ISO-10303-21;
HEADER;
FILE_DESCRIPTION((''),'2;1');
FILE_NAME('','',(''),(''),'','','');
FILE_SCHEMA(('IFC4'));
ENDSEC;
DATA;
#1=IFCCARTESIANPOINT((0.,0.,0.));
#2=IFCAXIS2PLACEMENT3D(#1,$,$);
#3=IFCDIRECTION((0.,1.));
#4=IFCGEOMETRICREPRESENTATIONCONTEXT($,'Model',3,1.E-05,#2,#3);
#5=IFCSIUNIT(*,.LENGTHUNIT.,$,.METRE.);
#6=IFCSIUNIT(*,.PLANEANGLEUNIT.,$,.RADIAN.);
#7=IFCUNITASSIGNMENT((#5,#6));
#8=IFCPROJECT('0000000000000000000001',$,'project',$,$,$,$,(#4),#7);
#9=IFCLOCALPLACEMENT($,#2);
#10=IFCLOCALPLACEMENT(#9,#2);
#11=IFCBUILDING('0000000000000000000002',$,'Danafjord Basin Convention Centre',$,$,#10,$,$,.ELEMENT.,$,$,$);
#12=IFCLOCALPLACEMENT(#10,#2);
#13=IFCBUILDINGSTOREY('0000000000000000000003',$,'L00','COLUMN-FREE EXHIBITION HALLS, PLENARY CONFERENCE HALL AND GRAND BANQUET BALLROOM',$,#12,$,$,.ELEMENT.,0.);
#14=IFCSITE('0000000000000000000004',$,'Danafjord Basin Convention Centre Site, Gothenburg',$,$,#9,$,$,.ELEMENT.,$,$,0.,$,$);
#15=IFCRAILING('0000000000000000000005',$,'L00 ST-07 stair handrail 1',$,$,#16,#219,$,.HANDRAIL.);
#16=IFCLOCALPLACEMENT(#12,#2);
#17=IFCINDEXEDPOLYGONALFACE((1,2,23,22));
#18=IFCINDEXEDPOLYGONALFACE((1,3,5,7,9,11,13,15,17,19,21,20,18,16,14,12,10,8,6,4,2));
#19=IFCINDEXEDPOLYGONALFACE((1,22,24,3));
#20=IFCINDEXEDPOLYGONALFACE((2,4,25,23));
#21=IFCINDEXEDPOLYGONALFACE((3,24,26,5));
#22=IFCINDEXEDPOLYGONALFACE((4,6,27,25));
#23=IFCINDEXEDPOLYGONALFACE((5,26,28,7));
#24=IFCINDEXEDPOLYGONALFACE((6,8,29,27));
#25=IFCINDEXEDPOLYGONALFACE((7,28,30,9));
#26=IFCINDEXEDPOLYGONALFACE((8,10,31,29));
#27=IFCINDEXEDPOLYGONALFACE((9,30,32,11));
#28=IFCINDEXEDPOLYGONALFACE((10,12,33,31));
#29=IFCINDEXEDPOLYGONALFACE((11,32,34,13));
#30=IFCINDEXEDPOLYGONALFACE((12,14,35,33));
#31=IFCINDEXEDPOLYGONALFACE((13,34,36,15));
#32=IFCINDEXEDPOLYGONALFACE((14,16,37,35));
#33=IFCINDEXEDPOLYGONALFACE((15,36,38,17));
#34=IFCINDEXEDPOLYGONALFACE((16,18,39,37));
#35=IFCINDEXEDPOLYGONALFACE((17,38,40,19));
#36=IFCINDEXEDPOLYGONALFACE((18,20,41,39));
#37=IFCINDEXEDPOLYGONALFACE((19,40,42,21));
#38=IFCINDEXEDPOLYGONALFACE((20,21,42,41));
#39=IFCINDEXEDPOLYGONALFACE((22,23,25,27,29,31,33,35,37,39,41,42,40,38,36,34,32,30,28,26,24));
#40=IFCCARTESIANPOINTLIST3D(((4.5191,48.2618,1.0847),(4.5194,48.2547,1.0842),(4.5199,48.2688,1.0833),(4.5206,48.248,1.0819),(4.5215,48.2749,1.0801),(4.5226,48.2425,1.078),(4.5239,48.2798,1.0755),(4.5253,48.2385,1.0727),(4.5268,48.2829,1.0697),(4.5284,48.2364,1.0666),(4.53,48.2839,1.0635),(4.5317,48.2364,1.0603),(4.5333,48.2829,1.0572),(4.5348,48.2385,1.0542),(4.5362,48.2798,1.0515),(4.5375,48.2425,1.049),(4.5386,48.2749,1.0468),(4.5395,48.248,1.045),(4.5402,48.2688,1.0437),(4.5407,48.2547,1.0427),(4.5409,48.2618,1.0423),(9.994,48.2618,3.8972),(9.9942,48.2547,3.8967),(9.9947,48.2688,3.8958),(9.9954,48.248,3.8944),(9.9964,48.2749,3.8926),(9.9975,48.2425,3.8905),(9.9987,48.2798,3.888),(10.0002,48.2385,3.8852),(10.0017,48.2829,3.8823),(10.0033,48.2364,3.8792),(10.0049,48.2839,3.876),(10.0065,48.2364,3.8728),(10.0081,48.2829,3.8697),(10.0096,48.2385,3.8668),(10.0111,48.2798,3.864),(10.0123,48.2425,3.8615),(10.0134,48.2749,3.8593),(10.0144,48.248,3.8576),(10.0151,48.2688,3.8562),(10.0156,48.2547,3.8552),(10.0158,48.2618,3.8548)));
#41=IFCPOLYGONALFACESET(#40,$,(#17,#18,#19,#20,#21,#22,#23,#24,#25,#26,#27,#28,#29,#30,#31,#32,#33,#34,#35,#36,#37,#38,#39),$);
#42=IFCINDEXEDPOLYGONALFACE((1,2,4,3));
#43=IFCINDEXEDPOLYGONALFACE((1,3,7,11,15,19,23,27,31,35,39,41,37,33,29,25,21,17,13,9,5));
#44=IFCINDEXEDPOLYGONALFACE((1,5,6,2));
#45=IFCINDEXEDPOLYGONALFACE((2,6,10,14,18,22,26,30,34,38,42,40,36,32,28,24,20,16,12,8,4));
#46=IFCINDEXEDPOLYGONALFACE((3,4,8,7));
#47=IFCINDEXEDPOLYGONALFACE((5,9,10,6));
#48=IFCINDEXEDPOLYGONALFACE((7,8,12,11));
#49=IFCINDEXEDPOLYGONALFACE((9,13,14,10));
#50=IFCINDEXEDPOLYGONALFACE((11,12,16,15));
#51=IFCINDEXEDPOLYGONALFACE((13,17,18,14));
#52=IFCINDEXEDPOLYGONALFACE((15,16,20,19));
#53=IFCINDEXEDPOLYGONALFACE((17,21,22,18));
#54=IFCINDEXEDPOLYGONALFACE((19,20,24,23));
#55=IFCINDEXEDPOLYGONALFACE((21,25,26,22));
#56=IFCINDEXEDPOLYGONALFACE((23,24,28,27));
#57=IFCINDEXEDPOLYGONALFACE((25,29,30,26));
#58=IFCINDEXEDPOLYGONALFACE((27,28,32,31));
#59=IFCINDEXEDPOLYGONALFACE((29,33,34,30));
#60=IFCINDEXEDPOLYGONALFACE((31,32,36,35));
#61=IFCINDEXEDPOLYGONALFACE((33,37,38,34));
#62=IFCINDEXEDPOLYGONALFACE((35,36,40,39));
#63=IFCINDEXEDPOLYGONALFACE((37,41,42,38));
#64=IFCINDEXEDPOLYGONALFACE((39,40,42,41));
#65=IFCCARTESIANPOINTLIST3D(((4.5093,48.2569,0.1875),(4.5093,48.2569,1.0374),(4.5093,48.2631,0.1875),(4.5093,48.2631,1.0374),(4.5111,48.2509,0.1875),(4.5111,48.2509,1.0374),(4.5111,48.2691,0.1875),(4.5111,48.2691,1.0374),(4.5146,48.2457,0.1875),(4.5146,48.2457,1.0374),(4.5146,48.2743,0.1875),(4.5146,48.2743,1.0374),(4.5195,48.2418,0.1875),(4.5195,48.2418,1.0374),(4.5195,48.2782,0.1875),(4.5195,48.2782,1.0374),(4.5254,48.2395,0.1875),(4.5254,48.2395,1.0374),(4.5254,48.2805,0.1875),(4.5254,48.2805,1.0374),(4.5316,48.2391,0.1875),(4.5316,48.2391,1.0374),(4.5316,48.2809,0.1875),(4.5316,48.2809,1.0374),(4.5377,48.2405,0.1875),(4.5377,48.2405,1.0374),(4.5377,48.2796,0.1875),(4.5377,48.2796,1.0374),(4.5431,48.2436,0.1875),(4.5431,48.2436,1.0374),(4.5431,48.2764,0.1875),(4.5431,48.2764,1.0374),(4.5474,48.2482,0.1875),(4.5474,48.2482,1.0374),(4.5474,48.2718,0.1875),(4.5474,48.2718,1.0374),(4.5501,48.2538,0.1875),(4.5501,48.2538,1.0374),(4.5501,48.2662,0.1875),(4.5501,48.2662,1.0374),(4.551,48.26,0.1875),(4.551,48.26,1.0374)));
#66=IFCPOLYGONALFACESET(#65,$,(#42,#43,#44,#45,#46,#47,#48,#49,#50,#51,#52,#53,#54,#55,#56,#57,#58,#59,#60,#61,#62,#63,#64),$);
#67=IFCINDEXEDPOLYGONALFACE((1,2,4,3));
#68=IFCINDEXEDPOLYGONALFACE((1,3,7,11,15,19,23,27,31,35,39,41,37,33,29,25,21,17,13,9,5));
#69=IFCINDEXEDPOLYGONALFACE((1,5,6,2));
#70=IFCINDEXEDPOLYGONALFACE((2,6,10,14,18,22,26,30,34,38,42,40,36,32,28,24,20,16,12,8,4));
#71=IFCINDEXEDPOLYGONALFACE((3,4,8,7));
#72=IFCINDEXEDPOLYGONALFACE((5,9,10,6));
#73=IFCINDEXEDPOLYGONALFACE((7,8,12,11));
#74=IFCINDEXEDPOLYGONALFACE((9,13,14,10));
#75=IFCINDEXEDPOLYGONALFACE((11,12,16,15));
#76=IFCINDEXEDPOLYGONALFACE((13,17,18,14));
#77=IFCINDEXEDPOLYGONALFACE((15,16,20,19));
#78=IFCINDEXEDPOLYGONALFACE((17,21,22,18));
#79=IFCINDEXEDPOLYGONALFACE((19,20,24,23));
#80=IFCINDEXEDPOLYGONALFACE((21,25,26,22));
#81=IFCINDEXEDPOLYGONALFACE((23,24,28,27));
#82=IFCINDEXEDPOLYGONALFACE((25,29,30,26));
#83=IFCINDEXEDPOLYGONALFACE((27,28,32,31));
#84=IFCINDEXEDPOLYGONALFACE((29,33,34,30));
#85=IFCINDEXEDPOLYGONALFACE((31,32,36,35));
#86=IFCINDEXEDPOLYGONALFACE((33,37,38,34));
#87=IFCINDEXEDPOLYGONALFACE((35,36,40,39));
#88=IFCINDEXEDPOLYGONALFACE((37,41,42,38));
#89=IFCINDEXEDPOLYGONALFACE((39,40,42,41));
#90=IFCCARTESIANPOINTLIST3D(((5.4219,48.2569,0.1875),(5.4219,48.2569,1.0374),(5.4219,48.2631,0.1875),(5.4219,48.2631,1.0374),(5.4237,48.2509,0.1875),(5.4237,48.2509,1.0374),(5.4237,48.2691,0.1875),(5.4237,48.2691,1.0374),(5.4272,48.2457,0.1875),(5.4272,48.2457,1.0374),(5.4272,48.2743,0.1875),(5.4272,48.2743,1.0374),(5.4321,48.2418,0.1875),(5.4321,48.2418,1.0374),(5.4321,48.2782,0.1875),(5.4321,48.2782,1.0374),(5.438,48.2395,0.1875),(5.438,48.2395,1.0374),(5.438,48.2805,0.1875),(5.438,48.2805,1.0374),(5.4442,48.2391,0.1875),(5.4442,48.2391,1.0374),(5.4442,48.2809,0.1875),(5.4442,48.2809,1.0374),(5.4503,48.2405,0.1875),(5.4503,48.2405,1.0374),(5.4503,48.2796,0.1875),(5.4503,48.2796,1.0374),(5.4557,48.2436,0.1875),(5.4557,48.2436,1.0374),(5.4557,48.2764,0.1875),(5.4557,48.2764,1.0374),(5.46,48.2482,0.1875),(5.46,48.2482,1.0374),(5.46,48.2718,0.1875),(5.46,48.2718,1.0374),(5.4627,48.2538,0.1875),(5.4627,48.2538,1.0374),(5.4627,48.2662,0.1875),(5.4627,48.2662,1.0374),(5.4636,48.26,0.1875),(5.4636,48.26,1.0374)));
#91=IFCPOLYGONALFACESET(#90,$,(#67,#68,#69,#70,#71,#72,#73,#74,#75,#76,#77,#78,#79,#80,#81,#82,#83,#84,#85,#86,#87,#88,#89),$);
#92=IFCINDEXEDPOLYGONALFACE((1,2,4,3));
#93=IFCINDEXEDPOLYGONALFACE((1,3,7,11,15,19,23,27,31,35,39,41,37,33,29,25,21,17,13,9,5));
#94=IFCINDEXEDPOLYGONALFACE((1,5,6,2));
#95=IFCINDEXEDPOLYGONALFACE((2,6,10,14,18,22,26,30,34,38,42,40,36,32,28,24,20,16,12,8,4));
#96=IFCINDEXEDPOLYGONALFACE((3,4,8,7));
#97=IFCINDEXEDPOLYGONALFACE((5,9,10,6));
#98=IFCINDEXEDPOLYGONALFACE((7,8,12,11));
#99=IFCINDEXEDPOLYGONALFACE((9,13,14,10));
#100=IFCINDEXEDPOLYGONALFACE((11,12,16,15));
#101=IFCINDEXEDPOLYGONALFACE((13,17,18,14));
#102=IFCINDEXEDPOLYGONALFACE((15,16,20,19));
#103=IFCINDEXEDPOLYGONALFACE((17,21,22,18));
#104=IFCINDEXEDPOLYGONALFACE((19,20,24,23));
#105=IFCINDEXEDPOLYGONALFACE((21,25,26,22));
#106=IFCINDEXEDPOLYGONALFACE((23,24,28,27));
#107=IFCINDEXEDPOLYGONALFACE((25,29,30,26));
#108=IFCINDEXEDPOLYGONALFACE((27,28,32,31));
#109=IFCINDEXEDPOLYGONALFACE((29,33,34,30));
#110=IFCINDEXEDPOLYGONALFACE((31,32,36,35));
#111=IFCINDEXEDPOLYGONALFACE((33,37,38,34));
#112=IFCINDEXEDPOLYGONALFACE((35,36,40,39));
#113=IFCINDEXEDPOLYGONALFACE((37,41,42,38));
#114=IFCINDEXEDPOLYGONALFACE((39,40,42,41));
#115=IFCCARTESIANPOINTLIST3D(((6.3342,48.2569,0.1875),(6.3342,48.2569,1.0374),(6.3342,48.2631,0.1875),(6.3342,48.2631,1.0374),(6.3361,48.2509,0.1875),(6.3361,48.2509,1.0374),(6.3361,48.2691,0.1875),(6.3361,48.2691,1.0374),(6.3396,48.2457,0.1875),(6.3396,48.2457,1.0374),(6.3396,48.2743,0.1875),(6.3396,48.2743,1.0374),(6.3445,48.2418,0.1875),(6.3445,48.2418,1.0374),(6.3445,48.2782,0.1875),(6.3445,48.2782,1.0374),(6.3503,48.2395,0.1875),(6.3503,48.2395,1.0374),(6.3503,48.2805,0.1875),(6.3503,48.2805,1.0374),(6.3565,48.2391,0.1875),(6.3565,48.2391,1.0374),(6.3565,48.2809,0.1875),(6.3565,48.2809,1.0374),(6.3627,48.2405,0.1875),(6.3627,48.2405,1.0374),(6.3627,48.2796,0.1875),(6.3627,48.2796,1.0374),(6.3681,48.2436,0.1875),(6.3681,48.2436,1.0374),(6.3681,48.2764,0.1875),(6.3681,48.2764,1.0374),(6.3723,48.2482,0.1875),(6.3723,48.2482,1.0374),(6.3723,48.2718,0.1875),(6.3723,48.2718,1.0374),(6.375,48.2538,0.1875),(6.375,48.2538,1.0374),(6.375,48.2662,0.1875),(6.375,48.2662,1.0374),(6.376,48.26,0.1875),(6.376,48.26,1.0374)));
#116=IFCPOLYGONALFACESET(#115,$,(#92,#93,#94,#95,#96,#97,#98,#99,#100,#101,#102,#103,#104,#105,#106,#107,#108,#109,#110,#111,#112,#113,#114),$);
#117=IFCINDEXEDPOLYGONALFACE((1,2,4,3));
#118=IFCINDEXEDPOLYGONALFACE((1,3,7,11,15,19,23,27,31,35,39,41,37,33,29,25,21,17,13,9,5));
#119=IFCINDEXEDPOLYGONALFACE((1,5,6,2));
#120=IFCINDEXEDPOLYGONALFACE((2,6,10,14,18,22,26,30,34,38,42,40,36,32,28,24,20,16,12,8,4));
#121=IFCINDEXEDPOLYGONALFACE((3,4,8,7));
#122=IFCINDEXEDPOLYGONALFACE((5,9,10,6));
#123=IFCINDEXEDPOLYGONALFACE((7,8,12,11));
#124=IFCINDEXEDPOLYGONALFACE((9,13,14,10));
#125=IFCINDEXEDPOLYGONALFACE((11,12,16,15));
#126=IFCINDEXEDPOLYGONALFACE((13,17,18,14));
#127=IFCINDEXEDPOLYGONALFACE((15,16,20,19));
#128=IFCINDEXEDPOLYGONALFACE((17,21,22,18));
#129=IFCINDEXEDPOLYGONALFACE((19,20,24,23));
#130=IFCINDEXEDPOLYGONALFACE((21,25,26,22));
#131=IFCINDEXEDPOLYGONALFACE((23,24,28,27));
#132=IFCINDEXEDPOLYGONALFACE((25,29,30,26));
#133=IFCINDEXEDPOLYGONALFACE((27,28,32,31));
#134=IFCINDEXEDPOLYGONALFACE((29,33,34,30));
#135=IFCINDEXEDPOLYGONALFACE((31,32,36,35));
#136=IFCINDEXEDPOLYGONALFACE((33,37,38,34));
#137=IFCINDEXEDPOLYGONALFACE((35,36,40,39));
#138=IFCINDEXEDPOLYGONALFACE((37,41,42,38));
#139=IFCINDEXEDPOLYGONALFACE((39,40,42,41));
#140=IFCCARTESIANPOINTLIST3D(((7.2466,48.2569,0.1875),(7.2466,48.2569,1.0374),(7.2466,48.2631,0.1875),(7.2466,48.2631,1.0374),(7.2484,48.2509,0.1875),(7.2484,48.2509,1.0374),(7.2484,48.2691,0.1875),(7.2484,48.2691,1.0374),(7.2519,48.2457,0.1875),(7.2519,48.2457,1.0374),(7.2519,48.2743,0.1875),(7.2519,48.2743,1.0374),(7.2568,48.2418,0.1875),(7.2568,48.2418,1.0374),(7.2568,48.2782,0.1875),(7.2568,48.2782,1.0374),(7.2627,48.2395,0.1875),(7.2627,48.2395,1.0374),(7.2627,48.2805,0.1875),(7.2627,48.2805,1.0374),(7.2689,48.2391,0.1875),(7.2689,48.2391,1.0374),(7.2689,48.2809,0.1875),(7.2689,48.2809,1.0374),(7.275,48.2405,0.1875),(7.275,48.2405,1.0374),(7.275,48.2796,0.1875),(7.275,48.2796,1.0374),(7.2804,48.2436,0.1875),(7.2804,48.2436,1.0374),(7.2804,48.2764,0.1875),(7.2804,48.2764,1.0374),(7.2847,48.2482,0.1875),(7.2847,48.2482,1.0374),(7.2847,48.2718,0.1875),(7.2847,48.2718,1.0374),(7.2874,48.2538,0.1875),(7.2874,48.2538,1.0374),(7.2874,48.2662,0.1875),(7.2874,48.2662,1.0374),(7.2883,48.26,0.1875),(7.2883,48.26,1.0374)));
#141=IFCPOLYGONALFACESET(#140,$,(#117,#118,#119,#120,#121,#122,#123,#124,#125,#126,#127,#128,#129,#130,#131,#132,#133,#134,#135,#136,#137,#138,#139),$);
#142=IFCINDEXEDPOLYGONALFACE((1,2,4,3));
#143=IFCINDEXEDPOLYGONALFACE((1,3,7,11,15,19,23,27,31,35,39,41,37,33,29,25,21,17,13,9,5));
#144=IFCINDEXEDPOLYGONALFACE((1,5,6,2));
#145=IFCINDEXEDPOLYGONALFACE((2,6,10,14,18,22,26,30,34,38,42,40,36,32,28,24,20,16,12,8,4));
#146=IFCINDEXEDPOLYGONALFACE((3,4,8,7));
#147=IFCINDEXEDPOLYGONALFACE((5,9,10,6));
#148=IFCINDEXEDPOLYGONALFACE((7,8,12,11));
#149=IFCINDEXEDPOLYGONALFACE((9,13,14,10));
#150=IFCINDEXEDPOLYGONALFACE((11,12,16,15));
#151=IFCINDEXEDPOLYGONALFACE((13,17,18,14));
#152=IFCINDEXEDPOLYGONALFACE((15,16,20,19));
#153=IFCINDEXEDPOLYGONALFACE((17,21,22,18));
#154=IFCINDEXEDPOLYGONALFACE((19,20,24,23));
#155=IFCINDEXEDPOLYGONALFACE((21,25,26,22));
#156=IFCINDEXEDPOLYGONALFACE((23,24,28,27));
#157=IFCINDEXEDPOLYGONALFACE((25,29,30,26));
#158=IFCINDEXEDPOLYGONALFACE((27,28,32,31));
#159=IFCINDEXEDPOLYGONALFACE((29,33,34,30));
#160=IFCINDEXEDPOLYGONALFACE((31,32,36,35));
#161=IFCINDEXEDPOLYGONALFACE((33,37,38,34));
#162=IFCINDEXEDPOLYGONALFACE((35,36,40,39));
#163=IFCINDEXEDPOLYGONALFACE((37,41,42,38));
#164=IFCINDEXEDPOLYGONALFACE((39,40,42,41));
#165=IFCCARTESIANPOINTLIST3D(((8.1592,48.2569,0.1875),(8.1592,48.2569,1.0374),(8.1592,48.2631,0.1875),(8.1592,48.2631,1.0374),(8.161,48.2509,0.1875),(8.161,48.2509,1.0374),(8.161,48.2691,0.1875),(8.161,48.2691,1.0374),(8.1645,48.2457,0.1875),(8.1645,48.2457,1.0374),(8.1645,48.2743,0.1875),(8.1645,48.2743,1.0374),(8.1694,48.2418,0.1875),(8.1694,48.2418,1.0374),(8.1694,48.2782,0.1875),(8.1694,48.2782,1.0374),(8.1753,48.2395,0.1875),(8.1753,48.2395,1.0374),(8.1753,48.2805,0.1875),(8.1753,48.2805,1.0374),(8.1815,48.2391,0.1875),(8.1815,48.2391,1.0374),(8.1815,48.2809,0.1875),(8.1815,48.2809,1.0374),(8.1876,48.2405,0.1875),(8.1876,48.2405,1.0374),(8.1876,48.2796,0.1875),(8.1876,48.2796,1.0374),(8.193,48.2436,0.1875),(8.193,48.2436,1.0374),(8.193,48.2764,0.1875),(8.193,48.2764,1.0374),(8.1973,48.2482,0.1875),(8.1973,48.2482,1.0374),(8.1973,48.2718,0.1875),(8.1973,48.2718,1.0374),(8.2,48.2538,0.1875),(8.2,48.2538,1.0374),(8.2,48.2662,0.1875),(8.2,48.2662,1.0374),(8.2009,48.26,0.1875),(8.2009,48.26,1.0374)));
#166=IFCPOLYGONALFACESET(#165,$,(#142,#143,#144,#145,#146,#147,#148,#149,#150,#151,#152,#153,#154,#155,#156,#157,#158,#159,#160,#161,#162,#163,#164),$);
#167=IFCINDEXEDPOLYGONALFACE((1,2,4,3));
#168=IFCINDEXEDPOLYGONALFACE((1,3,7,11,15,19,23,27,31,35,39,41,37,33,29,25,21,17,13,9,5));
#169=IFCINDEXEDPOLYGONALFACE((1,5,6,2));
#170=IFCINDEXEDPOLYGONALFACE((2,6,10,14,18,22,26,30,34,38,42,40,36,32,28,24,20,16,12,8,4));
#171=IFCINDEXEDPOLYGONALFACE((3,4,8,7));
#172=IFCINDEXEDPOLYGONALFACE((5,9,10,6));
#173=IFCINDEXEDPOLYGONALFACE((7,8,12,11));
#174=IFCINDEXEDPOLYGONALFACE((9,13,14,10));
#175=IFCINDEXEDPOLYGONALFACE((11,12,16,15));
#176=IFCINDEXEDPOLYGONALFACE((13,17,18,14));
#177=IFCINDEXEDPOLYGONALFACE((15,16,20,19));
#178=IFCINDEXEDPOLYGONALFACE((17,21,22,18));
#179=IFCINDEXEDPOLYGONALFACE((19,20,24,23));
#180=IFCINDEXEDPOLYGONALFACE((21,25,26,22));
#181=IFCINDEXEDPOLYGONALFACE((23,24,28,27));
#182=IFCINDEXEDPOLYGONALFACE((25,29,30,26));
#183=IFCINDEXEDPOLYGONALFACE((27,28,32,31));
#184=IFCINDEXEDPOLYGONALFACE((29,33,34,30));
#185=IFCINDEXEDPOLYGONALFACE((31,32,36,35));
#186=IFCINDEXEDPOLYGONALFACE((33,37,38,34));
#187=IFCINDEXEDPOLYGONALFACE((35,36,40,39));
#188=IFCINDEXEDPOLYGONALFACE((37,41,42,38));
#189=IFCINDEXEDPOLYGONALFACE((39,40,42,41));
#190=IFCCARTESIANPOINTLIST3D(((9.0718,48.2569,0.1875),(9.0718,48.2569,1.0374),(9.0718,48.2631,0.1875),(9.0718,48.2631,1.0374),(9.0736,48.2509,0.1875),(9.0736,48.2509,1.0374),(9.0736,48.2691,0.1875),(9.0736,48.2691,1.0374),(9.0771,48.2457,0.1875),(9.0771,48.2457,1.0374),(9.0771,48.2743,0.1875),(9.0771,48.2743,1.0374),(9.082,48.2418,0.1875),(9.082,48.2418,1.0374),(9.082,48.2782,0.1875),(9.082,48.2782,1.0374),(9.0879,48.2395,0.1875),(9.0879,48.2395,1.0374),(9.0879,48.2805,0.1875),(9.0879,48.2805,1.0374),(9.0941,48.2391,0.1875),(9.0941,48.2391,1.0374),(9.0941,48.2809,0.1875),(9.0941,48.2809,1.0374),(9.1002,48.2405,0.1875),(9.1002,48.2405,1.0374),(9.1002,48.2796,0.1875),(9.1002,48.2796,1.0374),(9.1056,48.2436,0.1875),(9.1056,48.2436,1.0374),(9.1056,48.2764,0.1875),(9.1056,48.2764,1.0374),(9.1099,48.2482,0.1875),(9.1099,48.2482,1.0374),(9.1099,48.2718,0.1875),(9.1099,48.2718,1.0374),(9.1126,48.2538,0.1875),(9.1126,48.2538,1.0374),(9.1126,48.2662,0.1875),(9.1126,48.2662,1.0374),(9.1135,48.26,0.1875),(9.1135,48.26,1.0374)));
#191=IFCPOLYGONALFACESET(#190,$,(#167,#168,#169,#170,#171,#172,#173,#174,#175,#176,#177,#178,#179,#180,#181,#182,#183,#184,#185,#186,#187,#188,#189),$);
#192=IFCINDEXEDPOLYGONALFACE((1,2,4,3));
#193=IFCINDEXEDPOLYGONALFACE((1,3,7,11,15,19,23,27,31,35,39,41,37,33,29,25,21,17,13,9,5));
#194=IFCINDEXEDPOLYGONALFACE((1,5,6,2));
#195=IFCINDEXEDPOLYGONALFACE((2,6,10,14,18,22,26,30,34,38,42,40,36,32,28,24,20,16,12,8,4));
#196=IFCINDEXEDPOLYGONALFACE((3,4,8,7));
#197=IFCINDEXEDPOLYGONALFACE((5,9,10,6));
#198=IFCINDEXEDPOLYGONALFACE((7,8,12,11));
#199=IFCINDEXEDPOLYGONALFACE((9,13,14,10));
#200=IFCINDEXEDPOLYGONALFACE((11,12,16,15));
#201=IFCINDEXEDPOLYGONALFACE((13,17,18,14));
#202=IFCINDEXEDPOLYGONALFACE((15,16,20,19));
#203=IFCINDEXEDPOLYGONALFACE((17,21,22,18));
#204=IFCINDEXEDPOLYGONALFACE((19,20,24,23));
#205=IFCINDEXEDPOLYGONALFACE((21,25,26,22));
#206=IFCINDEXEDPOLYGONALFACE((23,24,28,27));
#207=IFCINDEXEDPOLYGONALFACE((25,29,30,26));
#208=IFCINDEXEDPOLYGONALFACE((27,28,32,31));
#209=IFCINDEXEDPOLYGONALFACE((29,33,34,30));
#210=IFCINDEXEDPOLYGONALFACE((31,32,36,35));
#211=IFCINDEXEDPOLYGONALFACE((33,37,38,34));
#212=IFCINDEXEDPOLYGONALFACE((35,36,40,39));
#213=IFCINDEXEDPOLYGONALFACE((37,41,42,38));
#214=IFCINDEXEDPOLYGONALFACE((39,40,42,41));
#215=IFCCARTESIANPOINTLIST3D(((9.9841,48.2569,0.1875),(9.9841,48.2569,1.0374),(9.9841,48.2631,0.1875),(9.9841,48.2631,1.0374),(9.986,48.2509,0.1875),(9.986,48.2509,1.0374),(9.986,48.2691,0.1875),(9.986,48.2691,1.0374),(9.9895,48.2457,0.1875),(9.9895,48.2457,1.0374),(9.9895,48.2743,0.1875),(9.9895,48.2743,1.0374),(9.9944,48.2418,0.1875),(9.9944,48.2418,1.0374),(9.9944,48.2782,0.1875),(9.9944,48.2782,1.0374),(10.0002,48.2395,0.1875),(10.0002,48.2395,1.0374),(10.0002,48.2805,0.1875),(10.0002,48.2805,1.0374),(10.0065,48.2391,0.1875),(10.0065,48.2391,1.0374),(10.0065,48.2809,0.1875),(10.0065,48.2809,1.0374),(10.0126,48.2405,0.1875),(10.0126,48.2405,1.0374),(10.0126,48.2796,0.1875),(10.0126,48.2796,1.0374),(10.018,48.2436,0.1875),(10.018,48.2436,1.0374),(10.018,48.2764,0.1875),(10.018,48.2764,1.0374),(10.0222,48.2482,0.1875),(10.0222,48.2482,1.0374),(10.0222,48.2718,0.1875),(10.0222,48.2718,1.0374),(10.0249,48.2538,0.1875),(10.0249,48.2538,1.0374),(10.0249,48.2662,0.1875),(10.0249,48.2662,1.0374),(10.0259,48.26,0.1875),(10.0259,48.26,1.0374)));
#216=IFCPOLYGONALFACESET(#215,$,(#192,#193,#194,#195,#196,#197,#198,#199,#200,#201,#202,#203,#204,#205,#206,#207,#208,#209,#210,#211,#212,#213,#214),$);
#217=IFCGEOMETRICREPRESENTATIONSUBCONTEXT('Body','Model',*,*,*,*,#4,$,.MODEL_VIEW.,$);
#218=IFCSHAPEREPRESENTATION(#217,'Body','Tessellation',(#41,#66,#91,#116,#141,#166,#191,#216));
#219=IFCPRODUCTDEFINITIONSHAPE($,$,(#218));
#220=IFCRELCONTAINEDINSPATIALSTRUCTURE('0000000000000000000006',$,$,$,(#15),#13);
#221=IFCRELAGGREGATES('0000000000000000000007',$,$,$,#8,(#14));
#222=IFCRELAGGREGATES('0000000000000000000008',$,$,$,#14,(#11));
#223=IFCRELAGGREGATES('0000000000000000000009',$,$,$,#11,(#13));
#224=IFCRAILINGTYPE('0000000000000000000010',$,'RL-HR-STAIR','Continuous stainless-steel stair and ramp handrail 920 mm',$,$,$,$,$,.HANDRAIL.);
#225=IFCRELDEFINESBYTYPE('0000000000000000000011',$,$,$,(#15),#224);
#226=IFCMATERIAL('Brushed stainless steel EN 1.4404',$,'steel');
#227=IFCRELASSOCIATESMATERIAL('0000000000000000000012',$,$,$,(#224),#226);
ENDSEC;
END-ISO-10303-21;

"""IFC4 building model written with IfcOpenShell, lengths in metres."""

from ifc_helpers import new_model, si_unit, direction, frame, origin, origin_2d, place, context, subcontext, project, spatial, circle, extrude, material, type_object, element, save


model = new_model("IFC4")

# Units and contexts
model_context = context("Model", 3, precision=1e-05, world=origin(), true_north=direction((0.0, 1.0)))
body_context = subcontext(model_context, "Body", "Model", "MODEL_VIEW")
ifc_project = project(units=[si_unit("LENGTHUNIT", "METRE"), si_unit("PLANEANGLEUNIT", "RADIAN")], contexts=[model_context])

# Site, building, storey
site_placement = place(None, origin())
site = spatial("IfcSite", under=ifc_project, at=site_placement, Name="Danafjord Basin Convention Centre Site, Gothenburg", CompositionType="ELEMENT", RefElevation=0.0)
building_placement = place(site_placement, origin())
building = spatial("IfcBuilding", under=site, at=building_placement, Name="Danafjord Basin Convention Centre", CompositionType="ELEMENT")
storey_placement = place(building_placement, origin())
storey = spatial("IfcBuildingStorey", under=building, at=storey_placement, Name="L00", Description="COLUMN-FREE EXHIBITION HALLS, PLENARY CONFERENCE HALL AND GRAND BANQUET BALLROOM", CompositionType="ELEMENT", Elevation=0.0)

# Railing
ifc_material_1 = material(Name="Brushed stainless steel EN 1.4404", Category="steel")
railing_type_1 = type_object("IfcRailingType", Name="RL-HR-STAIR", Description="Continuous stainless-steel stair and ramp handrail 920 mm", PredefinedType="HANDRAIL", material=ifc_material_1)
railing_1_placement = place(storey_placement, frame((4.53, 48.26, 0.1875)))
element("IfcRailing", 1, at=railing_1_placement, inside=storey, type_object=railing_type_1, Name="L00 ST-07 stair handrail 1", PredefinedType="HANDRAIL", context=body_context, shape_type="SweptSolid", body=[
    extrude(circle(Radius=0.0239, at=origin_2d()), frame((0.0, 0.0, 0.876), z_axis=(0.889495, 0.0, 0.456945), x_axis=(0.0, 1.0, 0.0)), (0.0, 0.0, 1.0), 6.155),
    extrude(circle(Radius=0.021, at=origin_2d()), origin(), (0.0, 0.0, 1.0), 0.8499),
    extrude(circle(Radius=0.021, at=origin_2d()), frame((0.9126, 0.0, 0.0)), (0.0, 0.0, 1.0), 0.8499),
    extrude(circle(Radius=0.021, at=origin_2d()), frame((1.825, 0.0, 0.0)), (0.0, 0.0, 1.0), 0.8499),
    extrude(circle(Radius=0.021, at=origin_2d()), frame((2.7373, 0.0, 0.0)), (0.0, 0.0, 1.0), 0.8499),
    extrude(circle(Radius=0.021, at=origin_2d()), frame((3.6499, 0.0, 0.0)), (0.0, 0.0, 1.0), 0.8499),
    extrude(circle(Radius=0.021, at=origin_2d()), frame((4.5625, 0.0, 0.0)), (0.0, 0.0, 1.0), 0.8499),
    extrude(circle(Radius=0.021, at=origin_2d()), frame((5.4749, 0.0, 0.0)), (0.0, 0.0, 1.0), 0.8499),
])

save(model, "model.ifc")
